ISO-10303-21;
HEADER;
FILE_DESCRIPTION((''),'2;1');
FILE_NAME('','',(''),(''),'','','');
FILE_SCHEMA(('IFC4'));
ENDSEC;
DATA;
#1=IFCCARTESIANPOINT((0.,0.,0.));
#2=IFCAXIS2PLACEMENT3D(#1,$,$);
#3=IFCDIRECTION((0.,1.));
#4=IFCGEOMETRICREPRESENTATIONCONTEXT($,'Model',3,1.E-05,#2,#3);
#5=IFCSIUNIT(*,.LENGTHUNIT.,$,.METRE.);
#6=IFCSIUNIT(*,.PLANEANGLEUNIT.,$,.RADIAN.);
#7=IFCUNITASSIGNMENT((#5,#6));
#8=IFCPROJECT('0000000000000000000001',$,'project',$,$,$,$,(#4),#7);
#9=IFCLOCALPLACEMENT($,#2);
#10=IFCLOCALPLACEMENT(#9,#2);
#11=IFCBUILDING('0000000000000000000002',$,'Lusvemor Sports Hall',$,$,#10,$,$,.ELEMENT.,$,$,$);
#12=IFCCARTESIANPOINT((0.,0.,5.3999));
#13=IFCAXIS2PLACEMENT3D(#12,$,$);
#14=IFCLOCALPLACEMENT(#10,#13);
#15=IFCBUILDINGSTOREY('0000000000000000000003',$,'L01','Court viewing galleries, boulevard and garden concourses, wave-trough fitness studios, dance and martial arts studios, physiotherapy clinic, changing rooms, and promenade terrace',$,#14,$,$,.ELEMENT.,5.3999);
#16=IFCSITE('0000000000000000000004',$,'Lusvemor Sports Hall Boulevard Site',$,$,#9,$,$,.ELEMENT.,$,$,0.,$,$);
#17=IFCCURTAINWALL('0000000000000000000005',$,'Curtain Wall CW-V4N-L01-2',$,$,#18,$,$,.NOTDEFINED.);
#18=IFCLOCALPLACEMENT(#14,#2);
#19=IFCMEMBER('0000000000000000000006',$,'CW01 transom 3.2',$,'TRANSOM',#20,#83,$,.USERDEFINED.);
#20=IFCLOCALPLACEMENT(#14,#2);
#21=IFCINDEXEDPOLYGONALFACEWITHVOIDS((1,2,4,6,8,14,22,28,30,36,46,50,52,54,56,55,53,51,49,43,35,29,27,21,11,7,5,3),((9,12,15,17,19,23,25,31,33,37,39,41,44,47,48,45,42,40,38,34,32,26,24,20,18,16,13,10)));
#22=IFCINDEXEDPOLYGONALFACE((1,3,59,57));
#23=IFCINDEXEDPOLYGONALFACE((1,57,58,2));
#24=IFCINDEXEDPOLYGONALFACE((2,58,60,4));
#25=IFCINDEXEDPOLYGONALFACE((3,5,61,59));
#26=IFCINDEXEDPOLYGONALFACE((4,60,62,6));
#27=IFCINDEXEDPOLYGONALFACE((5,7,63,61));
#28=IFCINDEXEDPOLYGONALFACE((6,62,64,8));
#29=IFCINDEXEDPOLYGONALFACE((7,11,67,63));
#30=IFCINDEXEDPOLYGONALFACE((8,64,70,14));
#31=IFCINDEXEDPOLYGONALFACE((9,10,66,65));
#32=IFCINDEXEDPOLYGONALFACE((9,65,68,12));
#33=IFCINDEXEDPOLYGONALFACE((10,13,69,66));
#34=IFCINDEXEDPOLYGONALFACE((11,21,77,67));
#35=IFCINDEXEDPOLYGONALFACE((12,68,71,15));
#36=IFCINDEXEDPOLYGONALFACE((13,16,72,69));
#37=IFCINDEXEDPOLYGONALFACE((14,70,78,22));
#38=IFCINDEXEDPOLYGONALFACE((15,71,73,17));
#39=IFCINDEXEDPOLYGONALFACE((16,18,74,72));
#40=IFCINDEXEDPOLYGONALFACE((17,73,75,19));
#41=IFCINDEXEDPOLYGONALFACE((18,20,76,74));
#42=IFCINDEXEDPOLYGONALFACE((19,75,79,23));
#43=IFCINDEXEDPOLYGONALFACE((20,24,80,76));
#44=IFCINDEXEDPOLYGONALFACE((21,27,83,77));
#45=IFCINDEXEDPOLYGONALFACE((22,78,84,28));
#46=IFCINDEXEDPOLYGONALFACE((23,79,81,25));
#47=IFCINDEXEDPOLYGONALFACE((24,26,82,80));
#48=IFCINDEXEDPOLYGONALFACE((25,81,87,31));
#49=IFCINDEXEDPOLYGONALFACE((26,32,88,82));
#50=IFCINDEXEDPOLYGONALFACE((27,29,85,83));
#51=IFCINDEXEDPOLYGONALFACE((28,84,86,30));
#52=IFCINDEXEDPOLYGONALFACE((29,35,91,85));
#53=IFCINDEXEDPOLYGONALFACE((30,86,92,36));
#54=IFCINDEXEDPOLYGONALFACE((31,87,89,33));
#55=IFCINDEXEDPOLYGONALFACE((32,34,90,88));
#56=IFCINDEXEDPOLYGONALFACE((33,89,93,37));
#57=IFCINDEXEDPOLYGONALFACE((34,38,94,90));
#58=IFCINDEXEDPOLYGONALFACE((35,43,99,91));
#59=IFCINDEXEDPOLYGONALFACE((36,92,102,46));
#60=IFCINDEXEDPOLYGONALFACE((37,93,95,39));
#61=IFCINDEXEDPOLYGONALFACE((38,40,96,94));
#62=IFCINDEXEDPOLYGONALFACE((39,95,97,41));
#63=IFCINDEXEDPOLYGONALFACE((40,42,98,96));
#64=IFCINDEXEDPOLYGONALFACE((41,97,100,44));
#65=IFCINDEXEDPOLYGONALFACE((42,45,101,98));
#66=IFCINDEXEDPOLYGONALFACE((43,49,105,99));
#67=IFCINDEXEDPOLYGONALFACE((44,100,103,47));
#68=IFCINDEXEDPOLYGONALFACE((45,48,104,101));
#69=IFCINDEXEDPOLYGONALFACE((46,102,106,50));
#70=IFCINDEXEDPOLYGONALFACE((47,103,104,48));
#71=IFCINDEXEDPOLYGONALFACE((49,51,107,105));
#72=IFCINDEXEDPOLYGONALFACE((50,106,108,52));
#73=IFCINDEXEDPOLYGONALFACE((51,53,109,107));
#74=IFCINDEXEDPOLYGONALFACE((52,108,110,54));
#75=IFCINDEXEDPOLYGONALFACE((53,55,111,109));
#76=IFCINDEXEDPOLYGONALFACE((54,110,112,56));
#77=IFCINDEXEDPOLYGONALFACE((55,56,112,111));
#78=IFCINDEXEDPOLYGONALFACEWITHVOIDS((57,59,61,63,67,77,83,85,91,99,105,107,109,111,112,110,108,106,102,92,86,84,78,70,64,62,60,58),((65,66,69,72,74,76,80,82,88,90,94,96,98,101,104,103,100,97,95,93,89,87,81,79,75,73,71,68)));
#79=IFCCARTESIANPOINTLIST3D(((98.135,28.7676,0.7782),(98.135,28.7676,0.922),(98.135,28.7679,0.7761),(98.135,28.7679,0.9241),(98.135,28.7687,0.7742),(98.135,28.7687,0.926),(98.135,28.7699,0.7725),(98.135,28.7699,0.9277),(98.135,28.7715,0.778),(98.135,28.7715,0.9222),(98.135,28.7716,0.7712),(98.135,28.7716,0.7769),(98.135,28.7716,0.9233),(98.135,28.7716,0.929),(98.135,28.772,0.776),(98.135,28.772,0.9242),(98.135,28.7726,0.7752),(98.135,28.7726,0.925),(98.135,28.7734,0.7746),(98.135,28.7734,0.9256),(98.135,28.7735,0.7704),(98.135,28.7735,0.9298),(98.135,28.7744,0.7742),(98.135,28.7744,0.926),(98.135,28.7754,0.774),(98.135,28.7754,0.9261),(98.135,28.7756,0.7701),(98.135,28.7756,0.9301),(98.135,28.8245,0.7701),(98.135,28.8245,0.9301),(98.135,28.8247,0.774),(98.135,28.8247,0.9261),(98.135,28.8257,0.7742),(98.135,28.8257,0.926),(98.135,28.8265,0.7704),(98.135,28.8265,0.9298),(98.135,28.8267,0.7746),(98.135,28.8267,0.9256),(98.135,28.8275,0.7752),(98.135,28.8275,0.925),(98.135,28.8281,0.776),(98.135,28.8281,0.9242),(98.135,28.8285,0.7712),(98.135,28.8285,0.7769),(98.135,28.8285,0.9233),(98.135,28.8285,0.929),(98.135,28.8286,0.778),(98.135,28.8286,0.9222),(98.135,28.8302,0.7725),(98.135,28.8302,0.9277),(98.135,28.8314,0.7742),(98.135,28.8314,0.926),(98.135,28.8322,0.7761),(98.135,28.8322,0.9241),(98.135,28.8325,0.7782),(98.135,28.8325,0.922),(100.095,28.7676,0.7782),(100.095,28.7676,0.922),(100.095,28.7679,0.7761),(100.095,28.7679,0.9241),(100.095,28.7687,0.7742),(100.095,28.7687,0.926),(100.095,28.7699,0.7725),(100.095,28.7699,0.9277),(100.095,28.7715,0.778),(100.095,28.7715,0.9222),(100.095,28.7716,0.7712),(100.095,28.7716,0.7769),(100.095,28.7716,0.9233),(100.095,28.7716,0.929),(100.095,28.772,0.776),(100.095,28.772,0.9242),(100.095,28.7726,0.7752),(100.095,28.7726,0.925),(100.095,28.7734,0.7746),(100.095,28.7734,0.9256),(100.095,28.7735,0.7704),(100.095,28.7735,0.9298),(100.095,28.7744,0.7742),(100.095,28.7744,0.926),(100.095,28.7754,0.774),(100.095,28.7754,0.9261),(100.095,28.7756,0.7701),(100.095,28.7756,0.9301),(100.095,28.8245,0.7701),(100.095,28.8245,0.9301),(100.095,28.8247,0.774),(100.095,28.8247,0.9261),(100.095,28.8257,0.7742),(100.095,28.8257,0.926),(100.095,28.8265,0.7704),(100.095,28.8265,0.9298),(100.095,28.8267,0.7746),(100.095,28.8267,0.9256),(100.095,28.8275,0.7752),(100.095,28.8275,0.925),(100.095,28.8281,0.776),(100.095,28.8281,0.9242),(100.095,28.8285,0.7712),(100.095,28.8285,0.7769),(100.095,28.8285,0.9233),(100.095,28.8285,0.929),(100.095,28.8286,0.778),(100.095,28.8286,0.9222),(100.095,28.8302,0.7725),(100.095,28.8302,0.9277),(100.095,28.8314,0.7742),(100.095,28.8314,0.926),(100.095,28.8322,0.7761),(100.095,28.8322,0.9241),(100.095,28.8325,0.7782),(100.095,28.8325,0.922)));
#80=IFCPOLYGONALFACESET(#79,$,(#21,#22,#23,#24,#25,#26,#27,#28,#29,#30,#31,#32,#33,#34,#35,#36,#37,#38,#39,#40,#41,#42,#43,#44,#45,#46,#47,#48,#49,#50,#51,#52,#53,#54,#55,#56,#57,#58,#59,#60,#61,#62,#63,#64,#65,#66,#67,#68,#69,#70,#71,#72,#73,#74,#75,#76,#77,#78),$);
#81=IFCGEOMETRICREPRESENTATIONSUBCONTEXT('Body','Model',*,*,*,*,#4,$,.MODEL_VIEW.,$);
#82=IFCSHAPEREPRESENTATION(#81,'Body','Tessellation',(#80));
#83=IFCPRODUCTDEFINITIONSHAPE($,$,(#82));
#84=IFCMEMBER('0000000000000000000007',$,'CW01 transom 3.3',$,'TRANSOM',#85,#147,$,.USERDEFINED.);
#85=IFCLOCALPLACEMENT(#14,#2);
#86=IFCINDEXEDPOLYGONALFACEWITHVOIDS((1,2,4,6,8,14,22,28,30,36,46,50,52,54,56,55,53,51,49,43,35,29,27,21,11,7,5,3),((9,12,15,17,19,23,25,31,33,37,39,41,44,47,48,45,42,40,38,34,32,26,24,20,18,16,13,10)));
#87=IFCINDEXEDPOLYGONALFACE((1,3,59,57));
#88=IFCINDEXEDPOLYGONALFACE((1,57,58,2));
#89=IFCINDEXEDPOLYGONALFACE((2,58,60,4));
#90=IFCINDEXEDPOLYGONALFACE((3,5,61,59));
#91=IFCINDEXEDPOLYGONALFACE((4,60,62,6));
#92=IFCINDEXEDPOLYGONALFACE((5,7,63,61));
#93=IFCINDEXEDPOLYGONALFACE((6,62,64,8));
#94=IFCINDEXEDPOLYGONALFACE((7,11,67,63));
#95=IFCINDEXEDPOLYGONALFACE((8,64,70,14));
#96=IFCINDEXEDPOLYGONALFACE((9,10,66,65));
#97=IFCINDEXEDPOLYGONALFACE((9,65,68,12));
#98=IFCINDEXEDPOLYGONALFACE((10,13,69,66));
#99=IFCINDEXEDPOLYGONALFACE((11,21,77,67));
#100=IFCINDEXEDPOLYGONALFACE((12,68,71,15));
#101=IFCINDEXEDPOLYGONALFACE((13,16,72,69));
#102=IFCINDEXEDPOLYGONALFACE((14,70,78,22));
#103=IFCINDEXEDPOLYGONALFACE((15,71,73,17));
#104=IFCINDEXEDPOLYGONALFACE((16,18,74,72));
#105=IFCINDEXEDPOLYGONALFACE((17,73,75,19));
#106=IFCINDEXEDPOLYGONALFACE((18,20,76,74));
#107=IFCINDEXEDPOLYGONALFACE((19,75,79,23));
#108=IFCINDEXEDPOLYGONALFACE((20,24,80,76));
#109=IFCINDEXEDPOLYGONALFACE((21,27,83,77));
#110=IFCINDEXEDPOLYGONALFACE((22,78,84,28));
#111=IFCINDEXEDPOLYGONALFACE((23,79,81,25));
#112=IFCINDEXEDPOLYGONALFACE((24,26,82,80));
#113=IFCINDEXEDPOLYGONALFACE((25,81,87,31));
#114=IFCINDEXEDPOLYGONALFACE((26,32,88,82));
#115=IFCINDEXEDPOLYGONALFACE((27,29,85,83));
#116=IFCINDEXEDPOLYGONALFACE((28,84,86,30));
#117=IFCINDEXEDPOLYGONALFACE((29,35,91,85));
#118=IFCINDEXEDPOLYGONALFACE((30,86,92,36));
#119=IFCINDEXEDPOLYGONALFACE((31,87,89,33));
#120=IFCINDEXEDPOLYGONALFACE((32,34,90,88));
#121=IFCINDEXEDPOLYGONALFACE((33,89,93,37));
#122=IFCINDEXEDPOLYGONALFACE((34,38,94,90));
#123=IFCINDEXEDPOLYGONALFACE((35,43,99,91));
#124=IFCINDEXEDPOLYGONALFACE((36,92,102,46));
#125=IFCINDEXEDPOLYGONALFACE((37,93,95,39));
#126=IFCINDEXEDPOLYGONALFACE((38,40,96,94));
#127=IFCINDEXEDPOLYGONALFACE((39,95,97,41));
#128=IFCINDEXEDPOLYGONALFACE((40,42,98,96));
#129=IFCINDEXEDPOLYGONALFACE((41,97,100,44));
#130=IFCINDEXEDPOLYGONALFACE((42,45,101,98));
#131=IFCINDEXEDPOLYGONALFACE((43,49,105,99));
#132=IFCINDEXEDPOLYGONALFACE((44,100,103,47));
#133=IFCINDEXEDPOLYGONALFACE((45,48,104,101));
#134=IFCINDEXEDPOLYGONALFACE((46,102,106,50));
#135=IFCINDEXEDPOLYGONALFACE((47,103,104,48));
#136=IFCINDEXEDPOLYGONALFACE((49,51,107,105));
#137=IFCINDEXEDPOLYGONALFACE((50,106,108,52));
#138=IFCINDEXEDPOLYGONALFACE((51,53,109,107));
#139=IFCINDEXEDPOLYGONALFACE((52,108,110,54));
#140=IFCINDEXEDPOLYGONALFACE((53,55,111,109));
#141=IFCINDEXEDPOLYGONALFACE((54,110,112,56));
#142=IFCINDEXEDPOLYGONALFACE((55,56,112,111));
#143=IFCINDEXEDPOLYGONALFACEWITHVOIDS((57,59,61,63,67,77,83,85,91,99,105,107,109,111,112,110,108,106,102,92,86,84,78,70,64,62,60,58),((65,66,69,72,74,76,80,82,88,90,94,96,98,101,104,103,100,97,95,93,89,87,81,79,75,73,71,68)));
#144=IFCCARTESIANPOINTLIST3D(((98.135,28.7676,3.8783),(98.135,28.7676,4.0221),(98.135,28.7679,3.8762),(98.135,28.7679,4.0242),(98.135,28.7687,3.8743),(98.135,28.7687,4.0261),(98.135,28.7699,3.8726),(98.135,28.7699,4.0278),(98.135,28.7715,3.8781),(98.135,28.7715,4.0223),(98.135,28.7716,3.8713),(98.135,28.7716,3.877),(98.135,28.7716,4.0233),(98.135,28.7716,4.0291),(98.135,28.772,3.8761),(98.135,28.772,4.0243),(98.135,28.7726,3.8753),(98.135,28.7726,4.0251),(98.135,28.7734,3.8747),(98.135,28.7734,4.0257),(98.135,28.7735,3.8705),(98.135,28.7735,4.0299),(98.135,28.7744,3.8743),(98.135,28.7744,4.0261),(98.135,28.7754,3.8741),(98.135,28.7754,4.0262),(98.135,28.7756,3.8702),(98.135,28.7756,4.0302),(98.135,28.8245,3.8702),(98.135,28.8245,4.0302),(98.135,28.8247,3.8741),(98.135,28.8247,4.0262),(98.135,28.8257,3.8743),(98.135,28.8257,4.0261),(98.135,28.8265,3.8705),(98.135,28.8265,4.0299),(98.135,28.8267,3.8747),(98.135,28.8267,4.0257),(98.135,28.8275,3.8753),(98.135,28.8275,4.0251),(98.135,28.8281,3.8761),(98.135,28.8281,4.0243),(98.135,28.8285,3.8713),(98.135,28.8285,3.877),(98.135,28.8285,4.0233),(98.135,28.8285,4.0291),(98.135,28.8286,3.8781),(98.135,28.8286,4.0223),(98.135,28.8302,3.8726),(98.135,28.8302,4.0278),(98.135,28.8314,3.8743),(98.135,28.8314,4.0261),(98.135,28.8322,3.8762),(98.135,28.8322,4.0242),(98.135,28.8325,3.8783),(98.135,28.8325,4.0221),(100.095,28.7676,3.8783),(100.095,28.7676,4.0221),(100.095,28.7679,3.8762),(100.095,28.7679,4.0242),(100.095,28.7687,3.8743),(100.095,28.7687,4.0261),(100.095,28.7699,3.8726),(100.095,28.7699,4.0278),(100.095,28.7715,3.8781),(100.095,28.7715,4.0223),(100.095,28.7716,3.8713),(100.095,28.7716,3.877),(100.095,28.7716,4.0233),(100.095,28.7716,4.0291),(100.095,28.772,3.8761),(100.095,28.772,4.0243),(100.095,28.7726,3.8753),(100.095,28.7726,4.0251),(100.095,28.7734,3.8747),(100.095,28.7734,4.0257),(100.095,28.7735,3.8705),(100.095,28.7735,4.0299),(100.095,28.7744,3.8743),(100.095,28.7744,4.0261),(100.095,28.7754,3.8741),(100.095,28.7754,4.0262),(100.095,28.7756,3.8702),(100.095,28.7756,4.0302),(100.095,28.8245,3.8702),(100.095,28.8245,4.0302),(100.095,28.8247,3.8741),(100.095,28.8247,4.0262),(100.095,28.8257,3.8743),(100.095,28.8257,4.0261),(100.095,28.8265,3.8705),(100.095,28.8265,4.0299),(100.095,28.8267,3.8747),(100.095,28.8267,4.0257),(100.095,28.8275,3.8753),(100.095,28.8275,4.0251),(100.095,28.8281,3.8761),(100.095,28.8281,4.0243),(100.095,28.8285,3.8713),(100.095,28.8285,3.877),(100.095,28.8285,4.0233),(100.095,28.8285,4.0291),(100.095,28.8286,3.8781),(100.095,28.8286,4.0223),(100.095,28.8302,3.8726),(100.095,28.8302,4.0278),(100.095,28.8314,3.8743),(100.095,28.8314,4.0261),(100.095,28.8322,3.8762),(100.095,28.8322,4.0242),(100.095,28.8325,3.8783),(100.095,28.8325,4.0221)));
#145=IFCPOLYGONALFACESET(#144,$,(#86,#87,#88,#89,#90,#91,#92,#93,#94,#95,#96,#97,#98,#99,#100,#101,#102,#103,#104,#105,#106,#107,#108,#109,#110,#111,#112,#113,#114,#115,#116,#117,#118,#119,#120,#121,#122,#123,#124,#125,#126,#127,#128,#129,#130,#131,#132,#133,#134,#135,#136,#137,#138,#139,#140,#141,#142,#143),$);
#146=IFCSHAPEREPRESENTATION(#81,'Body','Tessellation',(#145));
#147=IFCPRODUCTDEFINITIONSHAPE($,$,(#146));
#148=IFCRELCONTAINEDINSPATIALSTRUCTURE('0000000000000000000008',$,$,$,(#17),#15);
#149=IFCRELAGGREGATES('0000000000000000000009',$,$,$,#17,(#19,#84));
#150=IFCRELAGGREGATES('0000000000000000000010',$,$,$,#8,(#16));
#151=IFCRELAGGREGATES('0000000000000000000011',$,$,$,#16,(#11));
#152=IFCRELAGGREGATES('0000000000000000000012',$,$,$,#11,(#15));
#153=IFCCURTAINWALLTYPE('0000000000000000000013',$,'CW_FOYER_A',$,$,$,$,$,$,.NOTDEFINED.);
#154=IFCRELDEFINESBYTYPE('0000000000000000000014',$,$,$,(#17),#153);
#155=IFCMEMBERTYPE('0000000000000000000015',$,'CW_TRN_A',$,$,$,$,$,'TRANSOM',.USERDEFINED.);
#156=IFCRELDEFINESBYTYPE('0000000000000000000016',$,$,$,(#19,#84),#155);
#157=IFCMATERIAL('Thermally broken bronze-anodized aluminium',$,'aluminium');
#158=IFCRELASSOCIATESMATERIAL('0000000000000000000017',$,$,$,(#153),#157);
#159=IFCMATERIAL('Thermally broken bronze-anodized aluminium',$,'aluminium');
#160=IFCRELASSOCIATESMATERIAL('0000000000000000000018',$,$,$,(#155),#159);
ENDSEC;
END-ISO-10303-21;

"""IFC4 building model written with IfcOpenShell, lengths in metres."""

from ifc_helpers import new_model, si_unit, direction, frame, origin, origin_2d, place, context, subcontext, project, spatial, hollow_rectangle, extrude, material, material_profile, profile_set, type_object, element, aggregate, save


model = new_model("IFC4")

# Units and contexts
model_context = context("Model", 3, precision=1e-05, world=origin(), true_north=direction((0.0, 1.0)))
body_context = subcontext(model_context, "Body", "Model", "MODEL_VIEW")
ifc_project = project(units=[si_unit("LENGTHUNIT", "METRE"), si_unit("PLANEANGLEUNIT", "RADIAN")], contexts=[model_context])

# Site, building, storey
site_placement = place(None, origin())
site = spatial("IfcSite", under=ifc_project, at=site_placement, Name="Lusvemor Sports Hall Boulevard Site", CompositionType="ELEMENT", RefElevation=0.0)
building_placement = place(site_placement, origin())
building = spatial("IfcBuilding", under=site, at=building_placement, Name="Lusvemor Sports Hall", CompositionType="ELEMENT")
storey_placement = place(building_placement, frame((0.0, 0.0, 5.3999)))
storey = spatial("IfcBuildingStorey", under=building, at=storey_placement, Name="L01", Description="Court viewing galleries, boulevard and garden concourses, wave-trough fitness studios, dance and martial arts studios, physiotherapy clinic, changing rooms, and promenade terrace", CompositionType="ELEMENT", Elevation=5.3999)

# Curtain wall
ifc_material_1 = material(Name="Thermally broken bronze-anodized aluminium", Category="aluminium")
curtain_wall_type = type_object("IfcCurtainWallType", Name="CW_FOYER_A", PredefinedType="NOTDEFINED", material=ifc_material_1)
curtain_wall_1_placement = place(storey_placement, origin())
curtain_wall_1 = element("IfcCurtainWall", 1, at=curtain_wall_1_placement, inside=storey, type_object=curtain_wall_type, Name="Curtain Wall CW-V4N-L01-2", PredefinedType="NOTDEFINED")

# Members
ifc_material_2 = material(Name="Thermally broken bronze-anodized aluminium", Category="aluminium")
ifc_material_profile_1 = material_profile(ifc_material_2, hollow_rectangle(XDim=0.0649, YDim=0.1599, WallThickness=0.0039, InnerFilletRadius=0.0039, OuterFilletRadius=0.0081, at=origin_2d()), Name="CWTRN160x65x4")
ifc_profile_set_1 = profile_set([ifc_material_profile_1], Name="Thermally broken bronze-anodized aluminium")
member_type_1 = type_object("IfcMemberType", Name="CW_TRN_A", ElementType="TRANSOM", PredefinedType="USERDEFINED", material=ifc_profile_set_1)
member_1_placement = place(storey_placement, frame((98.135, 28.8, 0.8501), z_axis=(1.0, 0.0, 0.0), x_axis=(0.0, 1.0, 0.0)))
member_1 = element("IfcMember", 2, at=member_1_placement, type_object=member_type_1, Name="CW01 transom 3.2", ObjectType="TRANSOM", PredefinedType="USERDEFINED", context=body_context, shape_type="SweptSolid", body=[
    extrude(hollow_rectangle(XDim=0.0649, YDim=0.1599, WallThickness=0.0039, InnerFilletRadius=0.0039, OuterFilletRadius=0.0081, at=origin_2d()), origin(), (0.0, 0.0, 1.0), 1.96),
])
member_2_placement = place(storey_placement, frame((98.135, 28.8, 3.9502), z_axis=(1.0, 0.0, 0.0), x_axis=(0.0, 1.0, 0.0)))
member_2 = element("IfcMember", 3, at=member_2_placement, type_object=member_type_1, Name="CW01 transom 3.3", ObjectType="TRANSOM", PredefinedType="USERDEFINED", context=body_context, shape_type="SweptSolid", body=[
    extrude(hollow_rectangle(XDim=0.0649, YDim=0.1599, WallThickness=0.0039, InnerFilletRadius=0.0039, OuterFilletRadius=0.0081, at=origin_2d()), origin(), (0.0, 0.0, 1.0), 1.96),
])

aggregate(curtain_wall_1, [member_1, member_2])

save(model, "model.ifc")
